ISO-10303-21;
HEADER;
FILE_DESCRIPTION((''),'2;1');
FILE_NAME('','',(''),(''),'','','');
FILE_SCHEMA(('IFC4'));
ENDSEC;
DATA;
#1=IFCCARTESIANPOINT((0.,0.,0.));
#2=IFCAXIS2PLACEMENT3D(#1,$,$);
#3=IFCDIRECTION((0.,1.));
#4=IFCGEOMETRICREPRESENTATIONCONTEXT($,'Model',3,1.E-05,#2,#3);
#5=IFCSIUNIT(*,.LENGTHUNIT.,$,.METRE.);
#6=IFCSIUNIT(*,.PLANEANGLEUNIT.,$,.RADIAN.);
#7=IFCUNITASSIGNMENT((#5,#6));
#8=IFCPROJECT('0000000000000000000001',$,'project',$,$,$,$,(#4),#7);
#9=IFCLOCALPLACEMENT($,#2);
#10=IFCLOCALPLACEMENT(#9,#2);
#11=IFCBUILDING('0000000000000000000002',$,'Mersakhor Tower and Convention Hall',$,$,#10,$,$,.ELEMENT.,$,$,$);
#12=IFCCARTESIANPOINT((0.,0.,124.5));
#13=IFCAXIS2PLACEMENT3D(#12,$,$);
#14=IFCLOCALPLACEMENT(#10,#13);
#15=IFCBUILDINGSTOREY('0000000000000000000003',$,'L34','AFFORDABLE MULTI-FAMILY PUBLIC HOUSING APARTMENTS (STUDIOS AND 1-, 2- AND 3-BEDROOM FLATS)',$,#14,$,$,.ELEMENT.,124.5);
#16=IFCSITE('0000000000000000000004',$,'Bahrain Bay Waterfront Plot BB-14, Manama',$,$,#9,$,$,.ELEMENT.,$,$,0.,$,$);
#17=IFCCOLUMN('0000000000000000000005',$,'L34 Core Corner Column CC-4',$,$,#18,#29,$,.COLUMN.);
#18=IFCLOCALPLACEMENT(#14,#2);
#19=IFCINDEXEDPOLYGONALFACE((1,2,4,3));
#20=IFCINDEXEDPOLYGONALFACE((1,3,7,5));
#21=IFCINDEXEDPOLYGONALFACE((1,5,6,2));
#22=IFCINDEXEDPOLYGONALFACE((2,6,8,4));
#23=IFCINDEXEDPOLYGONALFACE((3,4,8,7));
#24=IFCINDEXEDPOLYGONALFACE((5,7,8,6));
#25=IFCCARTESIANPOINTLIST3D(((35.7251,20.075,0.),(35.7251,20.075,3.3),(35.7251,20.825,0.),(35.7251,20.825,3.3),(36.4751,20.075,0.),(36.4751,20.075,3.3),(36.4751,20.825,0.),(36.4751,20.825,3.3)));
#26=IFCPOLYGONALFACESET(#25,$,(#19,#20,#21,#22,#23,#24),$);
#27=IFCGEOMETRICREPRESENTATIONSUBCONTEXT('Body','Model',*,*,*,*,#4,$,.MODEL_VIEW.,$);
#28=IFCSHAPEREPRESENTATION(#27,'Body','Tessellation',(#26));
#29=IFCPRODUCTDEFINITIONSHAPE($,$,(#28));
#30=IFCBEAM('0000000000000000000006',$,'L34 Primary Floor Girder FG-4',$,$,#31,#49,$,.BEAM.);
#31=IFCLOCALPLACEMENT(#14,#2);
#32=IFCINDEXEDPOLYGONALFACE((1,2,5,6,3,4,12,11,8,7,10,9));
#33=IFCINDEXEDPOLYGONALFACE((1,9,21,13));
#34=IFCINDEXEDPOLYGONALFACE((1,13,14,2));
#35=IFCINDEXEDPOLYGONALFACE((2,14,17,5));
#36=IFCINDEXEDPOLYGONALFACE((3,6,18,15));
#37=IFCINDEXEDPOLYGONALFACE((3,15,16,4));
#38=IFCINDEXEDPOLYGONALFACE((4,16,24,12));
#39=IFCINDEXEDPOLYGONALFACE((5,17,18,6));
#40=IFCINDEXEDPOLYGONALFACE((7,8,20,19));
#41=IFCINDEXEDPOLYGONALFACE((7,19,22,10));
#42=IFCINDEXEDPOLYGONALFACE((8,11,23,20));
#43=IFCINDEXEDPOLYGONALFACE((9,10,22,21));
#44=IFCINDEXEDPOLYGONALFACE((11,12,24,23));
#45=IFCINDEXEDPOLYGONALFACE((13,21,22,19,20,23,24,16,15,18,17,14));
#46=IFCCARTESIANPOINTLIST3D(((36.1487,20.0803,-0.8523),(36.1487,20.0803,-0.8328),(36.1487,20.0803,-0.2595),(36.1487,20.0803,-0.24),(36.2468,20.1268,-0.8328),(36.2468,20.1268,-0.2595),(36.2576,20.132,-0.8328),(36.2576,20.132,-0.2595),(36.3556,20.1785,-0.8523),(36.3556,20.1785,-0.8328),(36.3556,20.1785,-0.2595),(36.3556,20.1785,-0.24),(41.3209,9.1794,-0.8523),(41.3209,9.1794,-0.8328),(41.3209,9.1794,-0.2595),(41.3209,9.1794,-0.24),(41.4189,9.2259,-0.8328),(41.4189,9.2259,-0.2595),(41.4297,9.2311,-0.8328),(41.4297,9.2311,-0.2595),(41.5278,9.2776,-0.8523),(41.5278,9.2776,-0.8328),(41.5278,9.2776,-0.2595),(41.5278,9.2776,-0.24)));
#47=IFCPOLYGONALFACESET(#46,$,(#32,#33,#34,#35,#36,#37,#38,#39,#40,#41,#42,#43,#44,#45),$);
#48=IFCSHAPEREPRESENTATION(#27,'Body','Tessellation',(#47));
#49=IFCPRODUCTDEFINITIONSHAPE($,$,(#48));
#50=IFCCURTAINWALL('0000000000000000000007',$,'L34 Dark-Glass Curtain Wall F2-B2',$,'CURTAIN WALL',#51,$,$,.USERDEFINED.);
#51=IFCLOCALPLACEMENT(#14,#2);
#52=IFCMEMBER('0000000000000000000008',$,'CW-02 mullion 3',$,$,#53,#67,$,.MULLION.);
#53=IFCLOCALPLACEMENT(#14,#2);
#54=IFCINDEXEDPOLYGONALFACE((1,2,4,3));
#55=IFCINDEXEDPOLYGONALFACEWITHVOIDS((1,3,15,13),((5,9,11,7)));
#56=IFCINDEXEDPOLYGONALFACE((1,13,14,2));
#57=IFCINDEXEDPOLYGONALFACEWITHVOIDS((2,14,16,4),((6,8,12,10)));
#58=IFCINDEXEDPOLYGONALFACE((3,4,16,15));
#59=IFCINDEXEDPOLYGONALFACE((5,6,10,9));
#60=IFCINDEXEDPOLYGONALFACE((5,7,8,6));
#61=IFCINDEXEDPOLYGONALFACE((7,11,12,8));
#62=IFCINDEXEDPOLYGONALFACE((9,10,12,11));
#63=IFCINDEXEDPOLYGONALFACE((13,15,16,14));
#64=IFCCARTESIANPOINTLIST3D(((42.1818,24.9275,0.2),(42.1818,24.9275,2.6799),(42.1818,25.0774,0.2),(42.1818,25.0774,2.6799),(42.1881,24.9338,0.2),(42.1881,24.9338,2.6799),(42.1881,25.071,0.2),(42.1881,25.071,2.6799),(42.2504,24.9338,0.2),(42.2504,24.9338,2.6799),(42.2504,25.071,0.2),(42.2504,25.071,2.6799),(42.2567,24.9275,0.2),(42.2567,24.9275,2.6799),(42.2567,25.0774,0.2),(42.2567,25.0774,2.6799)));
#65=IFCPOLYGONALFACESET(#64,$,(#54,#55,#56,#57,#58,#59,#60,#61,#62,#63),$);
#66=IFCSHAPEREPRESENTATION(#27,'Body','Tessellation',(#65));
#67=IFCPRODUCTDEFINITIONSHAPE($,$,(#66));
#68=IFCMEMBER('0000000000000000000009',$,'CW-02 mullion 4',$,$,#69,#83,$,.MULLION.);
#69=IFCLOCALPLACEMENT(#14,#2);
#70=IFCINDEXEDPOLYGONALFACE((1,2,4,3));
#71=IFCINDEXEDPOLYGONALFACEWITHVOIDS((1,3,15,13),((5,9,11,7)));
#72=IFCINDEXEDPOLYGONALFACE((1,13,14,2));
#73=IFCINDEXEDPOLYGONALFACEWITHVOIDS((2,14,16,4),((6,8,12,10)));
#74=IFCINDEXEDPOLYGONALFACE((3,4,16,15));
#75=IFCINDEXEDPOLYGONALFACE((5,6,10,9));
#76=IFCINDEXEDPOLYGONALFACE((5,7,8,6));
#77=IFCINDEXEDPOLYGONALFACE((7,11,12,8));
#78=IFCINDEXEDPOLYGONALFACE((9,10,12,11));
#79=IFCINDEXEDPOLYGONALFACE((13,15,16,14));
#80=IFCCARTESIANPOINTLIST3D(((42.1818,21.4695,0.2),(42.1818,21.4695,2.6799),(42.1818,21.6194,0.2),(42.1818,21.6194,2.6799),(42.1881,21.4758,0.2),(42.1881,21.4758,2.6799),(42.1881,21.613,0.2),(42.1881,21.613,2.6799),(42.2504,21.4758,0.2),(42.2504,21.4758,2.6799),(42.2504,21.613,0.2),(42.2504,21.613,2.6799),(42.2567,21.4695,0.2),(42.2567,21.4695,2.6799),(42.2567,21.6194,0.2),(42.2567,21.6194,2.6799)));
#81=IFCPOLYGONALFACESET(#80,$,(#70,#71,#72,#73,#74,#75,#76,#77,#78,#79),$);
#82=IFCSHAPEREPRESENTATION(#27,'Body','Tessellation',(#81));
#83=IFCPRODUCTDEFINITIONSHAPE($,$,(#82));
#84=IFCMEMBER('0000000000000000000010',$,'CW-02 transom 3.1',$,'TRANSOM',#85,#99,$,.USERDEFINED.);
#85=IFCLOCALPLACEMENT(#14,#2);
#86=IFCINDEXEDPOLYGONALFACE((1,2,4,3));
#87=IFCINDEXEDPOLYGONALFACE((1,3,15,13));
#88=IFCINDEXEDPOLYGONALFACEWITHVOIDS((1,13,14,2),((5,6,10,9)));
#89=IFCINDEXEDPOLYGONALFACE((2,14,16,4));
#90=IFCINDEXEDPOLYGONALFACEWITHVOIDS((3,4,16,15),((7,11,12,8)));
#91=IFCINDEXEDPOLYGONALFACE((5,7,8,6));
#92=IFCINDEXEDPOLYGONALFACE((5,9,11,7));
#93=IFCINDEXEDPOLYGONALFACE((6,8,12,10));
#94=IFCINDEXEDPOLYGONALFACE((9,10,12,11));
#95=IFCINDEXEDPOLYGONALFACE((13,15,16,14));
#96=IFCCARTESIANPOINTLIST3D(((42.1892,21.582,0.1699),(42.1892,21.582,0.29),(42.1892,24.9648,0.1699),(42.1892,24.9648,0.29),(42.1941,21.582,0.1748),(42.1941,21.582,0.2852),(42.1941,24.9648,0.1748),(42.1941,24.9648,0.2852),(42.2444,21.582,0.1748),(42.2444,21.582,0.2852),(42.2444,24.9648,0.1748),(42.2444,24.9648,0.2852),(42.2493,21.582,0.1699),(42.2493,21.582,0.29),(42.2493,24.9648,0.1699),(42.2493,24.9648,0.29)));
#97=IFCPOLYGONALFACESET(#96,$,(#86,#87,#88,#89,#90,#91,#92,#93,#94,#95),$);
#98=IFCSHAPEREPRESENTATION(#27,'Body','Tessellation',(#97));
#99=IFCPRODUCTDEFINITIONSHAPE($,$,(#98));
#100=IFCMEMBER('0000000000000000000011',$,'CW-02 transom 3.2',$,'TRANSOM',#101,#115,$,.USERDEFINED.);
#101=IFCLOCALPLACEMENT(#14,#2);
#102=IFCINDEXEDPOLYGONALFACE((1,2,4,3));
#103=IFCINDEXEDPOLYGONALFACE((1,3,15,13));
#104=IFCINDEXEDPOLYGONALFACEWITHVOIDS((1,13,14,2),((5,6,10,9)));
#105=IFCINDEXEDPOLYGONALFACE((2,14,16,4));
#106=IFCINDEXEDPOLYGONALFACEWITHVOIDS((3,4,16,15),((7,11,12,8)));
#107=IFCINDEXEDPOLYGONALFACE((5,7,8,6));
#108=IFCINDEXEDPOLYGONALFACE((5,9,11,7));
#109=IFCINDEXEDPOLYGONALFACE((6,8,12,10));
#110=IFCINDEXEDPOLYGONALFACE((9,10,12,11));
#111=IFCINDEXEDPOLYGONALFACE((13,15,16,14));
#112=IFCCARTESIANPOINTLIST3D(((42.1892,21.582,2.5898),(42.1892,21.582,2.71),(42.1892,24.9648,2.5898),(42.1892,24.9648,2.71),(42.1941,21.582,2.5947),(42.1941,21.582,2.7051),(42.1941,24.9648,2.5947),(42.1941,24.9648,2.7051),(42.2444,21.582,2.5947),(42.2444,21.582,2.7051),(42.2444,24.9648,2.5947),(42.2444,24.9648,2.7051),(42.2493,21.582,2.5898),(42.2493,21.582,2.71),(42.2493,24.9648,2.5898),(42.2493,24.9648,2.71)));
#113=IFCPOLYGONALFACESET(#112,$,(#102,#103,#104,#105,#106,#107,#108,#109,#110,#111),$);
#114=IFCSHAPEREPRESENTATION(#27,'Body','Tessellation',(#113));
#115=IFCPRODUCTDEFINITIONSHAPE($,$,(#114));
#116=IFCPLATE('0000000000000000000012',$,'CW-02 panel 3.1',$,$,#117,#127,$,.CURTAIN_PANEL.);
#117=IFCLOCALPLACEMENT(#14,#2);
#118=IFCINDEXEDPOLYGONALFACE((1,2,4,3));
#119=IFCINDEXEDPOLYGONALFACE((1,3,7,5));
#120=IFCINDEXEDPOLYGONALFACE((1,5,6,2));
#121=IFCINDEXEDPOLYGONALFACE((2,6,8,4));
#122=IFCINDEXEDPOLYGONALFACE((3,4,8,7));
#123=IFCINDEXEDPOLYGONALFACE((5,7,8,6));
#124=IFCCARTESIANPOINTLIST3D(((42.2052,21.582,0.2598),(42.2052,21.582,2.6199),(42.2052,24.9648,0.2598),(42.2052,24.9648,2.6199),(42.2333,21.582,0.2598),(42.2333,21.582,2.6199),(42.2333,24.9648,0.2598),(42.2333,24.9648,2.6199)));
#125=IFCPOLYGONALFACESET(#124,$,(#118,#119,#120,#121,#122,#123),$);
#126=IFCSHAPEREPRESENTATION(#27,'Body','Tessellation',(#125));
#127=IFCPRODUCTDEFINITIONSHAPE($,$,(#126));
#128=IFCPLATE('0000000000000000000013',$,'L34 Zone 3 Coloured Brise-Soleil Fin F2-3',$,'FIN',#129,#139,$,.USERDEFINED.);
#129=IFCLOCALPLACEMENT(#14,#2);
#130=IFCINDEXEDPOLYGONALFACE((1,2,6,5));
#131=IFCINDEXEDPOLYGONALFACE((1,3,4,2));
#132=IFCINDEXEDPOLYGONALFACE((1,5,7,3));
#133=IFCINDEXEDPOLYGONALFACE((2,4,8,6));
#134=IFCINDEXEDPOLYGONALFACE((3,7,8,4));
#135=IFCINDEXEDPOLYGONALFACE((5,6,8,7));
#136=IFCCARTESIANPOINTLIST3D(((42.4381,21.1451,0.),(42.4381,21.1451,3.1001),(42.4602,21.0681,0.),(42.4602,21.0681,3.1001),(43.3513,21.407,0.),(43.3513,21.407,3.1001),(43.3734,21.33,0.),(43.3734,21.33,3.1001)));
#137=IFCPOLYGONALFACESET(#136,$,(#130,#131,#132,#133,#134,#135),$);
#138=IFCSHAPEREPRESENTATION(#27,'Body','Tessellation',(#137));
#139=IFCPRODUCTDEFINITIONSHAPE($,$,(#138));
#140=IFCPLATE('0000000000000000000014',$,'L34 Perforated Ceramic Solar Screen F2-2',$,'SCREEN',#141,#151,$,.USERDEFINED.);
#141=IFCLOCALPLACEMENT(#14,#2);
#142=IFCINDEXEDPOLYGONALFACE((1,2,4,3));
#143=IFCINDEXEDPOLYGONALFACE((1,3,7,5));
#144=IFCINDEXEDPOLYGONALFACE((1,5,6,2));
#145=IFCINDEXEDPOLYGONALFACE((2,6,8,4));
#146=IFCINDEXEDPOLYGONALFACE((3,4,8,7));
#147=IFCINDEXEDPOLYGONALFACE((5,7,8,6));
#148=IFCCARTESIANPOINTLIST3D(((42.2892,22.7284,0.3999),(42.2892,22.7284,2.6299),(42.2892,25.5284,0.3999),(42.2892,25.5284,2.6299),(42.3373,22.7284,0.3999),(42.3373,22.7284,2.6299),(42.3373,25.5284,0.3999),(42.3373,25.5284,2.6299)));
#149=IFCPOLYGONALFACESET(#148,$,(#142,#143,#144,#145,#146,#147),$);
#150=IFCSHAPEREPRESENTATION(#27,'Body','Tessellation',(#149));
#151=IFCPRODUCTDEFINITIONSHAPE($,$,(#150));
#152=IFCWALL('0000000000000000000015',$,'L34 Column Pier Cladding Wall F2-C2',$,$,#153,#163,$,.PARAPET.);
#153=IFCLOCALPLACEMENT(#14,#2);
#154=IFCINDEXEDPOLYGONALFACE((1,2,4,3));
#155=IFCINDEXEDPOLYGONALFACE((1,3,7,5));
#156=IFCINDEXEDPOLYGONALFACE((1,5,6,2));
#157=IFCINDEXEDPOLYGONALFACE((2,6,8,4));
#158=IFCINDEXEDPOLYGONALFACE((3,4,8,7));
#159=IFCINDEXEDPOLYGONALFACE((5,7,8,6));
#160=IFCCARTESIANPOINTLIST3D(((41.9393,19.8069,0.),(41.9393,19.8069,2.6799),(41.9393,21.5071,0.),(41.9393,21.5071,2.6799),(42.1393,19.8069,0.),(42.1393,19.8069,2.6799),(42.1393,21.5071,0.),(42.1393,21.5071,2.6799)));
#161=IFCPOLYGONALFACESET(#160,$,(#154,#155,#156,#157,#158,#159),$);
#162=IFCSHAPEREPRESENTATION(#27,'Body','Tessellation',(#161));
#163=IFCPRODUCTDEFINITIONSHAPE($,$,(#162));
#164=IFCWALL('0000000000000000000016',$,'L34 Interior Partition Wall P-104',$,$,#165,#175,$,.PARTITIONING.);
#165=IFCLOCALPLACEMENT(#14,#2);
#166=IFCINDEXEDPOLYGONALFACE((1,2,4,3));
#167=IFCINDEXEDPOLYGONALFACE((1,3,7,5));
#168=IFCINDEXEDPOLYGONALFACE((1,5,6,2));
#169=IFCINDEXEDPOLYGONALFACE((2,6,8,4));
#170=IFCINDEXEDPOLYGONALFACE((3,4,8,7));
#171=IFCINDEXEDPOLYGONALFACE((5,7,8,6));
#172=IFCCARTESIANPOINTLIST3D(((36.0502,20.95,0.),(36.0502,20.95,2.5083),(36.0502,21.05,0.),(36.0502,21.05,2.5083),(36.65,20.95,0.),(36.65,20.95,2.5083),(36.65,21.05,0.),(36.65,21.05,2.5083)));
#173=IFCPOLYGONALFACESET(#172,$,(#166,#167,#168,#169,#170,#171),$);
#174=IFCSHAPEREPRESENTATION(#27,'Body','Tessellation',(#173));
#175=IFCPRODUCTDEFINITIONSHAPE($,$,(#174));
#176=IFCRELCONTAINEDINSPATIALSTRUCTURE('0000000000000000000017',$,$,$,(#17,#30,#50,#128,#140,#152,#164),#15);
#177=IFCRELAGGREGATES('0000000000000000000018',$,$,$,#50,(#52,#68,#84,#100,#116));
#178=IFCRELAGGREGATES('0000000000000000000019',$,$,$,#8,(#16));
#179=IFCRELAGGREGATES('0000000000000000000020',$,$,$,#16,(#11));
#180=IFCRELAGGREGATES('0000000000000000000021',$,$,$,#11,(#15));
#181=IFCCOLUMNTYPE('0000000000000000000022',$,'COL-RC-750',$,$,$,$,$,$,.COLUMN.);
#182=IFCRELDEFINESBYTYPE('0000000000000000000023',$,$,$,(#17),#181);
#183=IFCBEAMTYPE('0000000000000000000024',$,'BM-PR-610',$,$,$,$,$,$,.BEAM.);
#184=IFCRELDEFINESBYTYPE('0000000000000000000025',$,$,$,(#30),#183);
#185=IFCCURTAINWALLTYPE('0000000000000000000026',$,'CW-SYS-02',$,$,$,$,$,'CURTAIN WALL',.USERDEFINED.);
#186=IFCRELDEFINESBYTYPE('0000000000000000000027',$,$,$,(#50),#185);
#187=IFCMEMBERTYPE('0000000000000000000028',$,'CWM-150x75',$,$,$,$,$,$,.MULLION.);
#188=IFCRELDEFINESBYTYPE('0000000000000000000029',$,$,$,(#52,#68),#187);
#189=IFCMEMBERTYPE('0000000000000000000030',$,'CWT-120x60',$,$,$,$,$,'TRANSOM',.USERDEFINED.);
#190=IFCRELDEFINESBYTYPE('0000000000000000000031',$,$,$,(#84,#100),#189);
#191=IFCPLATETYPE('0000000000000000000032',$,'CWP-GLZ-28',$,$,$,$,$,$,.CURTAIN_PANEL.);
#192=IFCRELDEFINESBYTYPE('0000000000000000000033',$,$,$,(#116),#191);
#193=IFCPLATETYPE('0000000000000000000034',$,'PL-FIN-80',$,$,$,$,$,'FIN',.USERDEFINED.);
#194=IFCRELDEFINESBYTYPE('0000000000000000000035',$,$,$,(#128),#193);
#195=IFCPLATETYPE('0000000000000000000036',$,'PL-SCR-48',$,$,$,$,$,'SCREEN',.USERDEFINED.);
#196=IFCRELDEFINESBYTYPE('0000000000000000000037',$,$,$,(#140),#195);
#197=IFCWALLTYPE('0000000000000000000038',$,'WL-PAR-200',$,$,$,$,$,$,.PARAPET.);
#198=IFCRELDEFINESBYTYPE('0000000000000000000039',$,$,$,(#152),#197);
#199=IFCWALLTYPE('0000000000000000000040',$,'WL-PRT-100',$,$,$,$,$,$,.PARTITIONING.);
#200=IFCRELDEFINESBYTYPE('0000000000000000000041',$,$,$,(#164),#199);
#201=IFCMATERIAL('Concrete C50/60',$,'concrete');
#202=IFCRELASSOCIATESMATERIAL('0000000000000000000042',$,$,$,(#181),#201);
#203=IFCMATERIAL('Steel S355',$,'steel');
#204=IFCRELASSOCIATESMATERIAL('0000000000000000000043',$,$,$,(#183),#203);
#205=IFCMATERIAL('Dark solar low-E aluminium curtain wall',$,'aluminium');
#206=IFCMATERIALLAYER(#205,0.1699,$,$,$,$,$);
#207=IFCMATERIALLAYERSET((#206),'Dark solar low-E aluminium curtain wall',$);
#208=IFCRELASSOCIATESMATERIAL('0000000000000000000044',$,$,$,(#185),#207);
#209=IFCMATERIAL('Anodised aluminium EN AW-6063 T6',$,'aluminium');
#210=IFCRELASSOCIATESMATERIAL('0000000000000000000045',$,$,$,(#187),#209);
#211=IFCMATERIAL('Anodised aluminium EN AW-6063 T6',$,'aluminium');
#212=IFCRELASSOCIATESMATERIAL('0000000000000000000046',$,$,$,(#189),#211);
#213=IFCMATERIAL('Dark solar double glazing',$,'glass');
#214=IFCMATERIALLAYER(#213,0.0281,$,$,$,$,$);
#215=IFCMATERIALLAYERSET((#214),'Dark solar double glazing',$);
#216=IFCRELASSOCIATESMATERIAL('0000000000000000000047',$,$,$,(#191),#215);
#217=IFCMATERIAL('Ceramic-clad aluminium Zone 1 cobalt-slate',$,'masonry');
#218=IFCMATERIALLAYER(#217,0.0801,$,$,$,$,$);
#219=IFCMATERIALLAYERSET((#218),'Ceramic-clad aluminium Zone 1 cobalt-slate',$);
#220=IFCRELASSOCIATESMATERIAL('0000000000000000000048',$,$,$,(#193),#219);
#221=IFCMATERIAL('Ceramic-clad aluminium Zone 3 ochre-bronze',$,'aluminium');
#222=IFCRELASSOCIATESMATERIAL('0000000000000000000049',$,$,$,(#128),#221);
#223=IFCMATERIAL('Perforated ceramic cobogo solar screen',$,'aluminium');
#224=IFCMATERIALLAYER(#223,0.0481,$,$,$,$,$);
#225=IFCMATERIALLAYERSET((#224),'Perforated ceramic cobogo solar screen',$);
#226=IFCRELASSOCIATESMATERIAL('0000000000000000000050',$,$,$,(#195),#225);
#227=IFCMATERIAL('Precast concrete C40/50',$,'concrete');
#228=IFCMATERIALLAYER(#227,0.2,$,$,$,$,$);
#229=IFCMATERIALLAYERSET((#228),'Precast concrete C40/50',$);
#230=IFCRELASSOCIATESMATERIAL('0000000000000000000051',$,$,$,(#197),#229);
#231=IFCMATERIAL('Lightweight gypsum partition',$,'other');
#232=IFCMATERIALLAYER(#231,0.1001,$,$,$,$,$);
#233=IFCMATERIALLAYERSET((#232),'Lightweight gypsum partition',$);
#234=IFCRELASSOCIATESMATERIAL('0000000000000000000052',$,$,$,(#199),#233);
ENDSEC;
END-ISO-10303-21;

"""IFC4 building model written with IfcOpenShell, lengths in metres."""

from ifc_helpers import new_model, si_unit, direction, frame, frame_2d, origin, origin_2d, place, context, subcontext, project, spatial, rectangle, hollow_rectangle, i_section, extrude, material, layer, layer_set, material_profile, profile_set, type_object, element, aggregate, save


model = new_model("IFC4")

# Units and contexts
model_context = context("Model", 3, precision=1e-05, world=origin(), true_north=direction((0.0, 1.0)))
body_context = subcontext(model_context, "Body", "Model", "MODEL_VIEW")
ifc_project = project(units=[si_unit("LENGTHUNIT", "METRE"), si_unit("PLANEANGLEUNIT", "RADIAN")], contexts=[model_context])

# Site, building, storey
site_placement = place(None, origin())
site = spatial("IfcSite", under=ifc_project, at=site_placement, Name="Bahrain Bay Waterfront Plot BB-14, Manama", CompositionType="ELEMENT", RefElevation=0.0)
building_placement = place(site_placement, origin())
building = spatial("IfcBuilding", under=site, at=building_placement, Name="Mersakhor Tower and Convention Hall", CompositionType="ELEMENT")
storey_placement = place(building_placement, frame((0.0, 0.0, 124.5)))
storey = spatial("IfcBuildingStorey", under=building, at=storey_placement, Name="L34", Description="AFFORDABLE MULTI-FAMILY PUBLIC HOUSING APARTMENTS (STUDIOS AND 1-, 2- AND 3-BEDROOM FLATS)", CompositionType="ELEMENT", Elevation=124.5)

# Column
ifc_material_1 = material(Name="Concrete C50/60", Category="concrete")
ifc_material_profile_1 = material_profile(ifc_material_1, rectangle(XDim=0.75, YDim=0.75, at=origin_2d()), Name="RC 750x750")
ifc_profile_set_1 = profile_set([ifc_material_profile_1], Name="Concrete C50/60")
column_type = type_object("IfcColumnType", Name="COL-RC-750", PredefinedType="COLUMN", material=ifc_profile_set_1)
column_placement = place(storey_placement, frame((36.1001, 20.45, 0.0), z_axis=(0.0, 0.0, 1.0), x_axis=(1.0, 0.0, 0.0)))
element("IfcColumn", 1, at=column_placement, inside=storey, type_object=column_type, Name="L34 Core Corner Column CC-4", PredefinedType="COLUMN", context=body_context, shape_type="SweptSolid", body=[
    extrude(rectangle(XDim=0.75, YDim=0.75, at=origin_2d()), origin(), (0.0, 0.0, 1.0), 3.3),
])

# Beam
ifc_material_2 = material(Name="Steel S355", Category="steel")
ifc_material_profile_2 = material_profile(ifc_material_2, i_section(OverallWidth=0.229, OverallDepth=0.6123, WebThickness=0.012, FlangeThickness=0.0195, at=origin_2d()), Name="UB 610x229x125")
ifc_profile_set_2 = profile_set([ifc_material_profile_2], Name="Steel S355")
beam_type = type_object("IfcBeamType", Name="BM-PR-610", PredefinedType="BEAM", material=ifc_profile_set_2)
beam_placement = place(storey_placement, frame((36.2522, 20.1294, -0.5461), z_axis=(0.428665, -0.903464, 0.0), x_axis=(0.903464, 0.428665, 0.0)))
element("IfcBeam", 2, at=beam_placement, inside=storey, type_object=beam_type, Name="L34 Primary Floor Girder FG-4", PredefinedType="BEAM", context=body_context, shape_type="SweptSolid", body=[
    extrude(i_section(OverallWidth=0.229, OverallDepth=0.6123, WebThickness=0.012, FlangeThickness=0.0195, at=origin_2d()), origin(), (0.0, 0.0, 1.0), 12.0657),
])

# Curtain wall, members, plate
ifc_material_3 = material(Name="Dark solar low-E aluminium curtain wall", Category="aluminium")
ifc_layer_1 = layer(ifc_material_3, 0.1699)
ifc_layer_set_1 = layer_set([ifc_layer_1], Name="Dark solar low-E aluminium curtain wall")
curtain_wall_type = type_object("IfcCurtainWallType", Name="CW-SYS-02", ElementType="CURTAIN WALL", PredefinedType="USERDEFINED", material=ifc_layer_set_1)
curtain_wall_placement = place(storey_placement, origin())
curtain_wall = element("IfcCurtainWall", 3, at=curtain_wall_placement, inside=storey, type_object=curtain_wall_type, Name="L34 Dark-Glass Curtain Wall F2-B2", ObjectType="CURTAIN WALL", PredefinedType="USERDEFINED")
ifc_material_4 = material(Name="Anodised aluminium EN AW-6063 T6", Category="aluminium")
ifc_material_profile_3 = material_profile(ifc_material_4, hollow_rectangle(XDim=0.075, YDim=0.1499, WallThickness=0.0063, at=origin_2d()), Name="RHS 150x75x6.3")
ifc_profile_set_3 = profile_set([ifc_material_profile_3], Name="Anodised aluminium EN AW-6063 T6")
member_type_1 = type_object("IfcMemberType", Name="CWM-150x75", PredefinedType="MULLION", material=ifc_profile_set_3)
member_1_placement = place(storey_placement, frame((42.2192, 25.0024, 0.2), z_axis=(0.0, 0.0, 1.0), x_axis=(1.0, 0.0, 0.0)))
member_1 = element("IfcMember", 4, at=member_1_placement, type_object=member_type_1, Name="CW-02 mullion 3", PredefinedType="MULLION", context=body_context, shape_type="SweptSolid", body=[
    extrude(hollow_rectangle(XDim=0.075, YDim=0.1499, WallThickness=0.0063, at=origin_2d()), origin(), (0.0, 0.0, 1.0), 2.48),
])
member_2_placement = place(storey_placement, frame((42.2192, 21.5444, 0.2), z_axis=(0.0, 0.0, 1.0), x_axis=(1.0, 0.0, 0.0)))
member_2 = element("IfcMember", 5, at=member_2_placement, type_object=member_type_1, Name="CW-02 mullion 4", PredefinedType="MULLION", context=body_context, shape_type="SweptSolid", body=[
    extrude(hollow_rectangle(XDim=0.075, YDim=0.1499, WallThickness=0.0063, at=origin_2d()), origin(), (0.0, 0.0, 1.0), 2.48),
])
ifc_material_5 = material(Name="Anodised aluminium EN AW-6063 T6", Category="aluminium")
ifc_material_profile_4 = material_profile(ifc_material_5, hollow_rectangle(XDim=0.0601, YDim=0.1201, WallThickness=0.0049, at=origin_2d()), Name="RHS 120x60x5")
ifc_profile_set_4 = profile_set([ifc_material_profile_4], Name="Anodised aluminium EN AW-6063 T6")
member_type_2 = type_object("IfcMemberType", Name="CWT-120x60", ElementType="TRANSOM", PredefinedType="USERDEFINED", material=ifc_profile_set_4)
member_3_placement = place(storey_placement, frame((42.2192, 24.9648, 0.23), z_axis=(0.0, -1.0, 0.0), x_axis=(1.0, 0.0, 0.0)))
member_3 = element("IfcMember", 6, at=member_3_placement, type_object=member_type_2, Name="CW-02 transom 3.1", ObjectType="TRANSOM", PredefinedType="USERDEFINED", context=body_context, shape_type="SweptSolid", body=[
    extrude(hollow_rectangle(XDim=0.0601, YDim=0.1201, WallThickness=0.0049, at=origin_2d()), origin(), (0.0, 0.0, 1.0), 3.3828),
])
member_4_placement = place(storey_placement, frame((42.2192, 24.9648, 2.6499), z_axis=(0.0, -1.0, 0.0), x_axis=(1.0, 0.0, 0.0)))
member_4 = element("IfcMember", 7, at=member_4_placement, type_object=member_type_2, Name="CW-02 transom 3.2", ObjectType="TRANSOM", PredefinedType="USERDEFINED", context=body_context, shape_type="SweptSolid", body=[
    extrude(hollow_rectangle(XDim=0.0601, YDim=0.1201, WallThickness=0.0049, at=origin_2d()), origin(), (0.0, 0.0, 1.0), 3.3828),
])
ifc_material_6 = material(Name="Dark solar double glazing", Category="glass")
ifc_layer_2 = layer(ifc_material_6, 0.0281)
ifc_layer_set_2 = layer_set([ifc_layer_2], Name="Dark solar double glazing")
plate_type_1 = type_object("IfcPlateType", Name="CWP-GLZ-28", PredefinedType="CURTAIN_PANEL", material=ifc_layer_set_2)
plate_1_placement = place(storey_placement, frame((42.2192, 23.2734, 0.2598), z_axis=(0.0, 0.0, 1.0), x_axis=(0.0, -1.0, 0.0)))
plate_1 = element("IfcPlate", 8, at=plate_1_placement, type_object=plate_type_1, Name="CW-02 panel 3.1", PredefinedType="CURTAIN_PANEL", context=body_context, shape_type="SweptSolid", body=[
    extrude(rectangle(XDim=3.3828, YDim=0.0281, at=origin_2d()), origin(), (0.0, 0.0, 1.0), 2.3601),
])
aggregate(curtain_wall, [member_1, member_2, member_3, member_4, plate_1])

# Plates
ifc_material_7 = material(Name="Ceramic-clad aluminium Zone 3 ochre-bronze", Category="aluminium")
ifc_material_8 = material(Name="Ceramic-clad aluminium Zone 1 cobalt-slate", Category="masonry")
ifc_layer_3 = layer(ifc_material_8, 0.0801)
ifc_layer_set_3 = layer_set([ifc_layer_3], Name="Ceramic-clad aluminium Zone 1 cobalt-slate")
plate_type_2 = type_object("IfcPlateType", Name="PL-FIN-80", ElementType="FIN", PredefinedType="USERDEFINED", material=ifc_layer_set_3)
plate_2_placement = place(storey_placement, frame((42.9058, 21.2375, 0.0), z_axis=(0.0, 0.0, 1.0), x_axis=(0.961262, 0.275637, 0.0)))
element("IfcPlate", 9, at=plate_2_placement, inside=storey, type_object=plate_type_2, material=ifc_material_7, Name="L34 Zone 3 Coloured Brise-Soleil Fin F2-3", ObjectType="FIN", PredefinedType="USERDEFINED", context=body_context, shape_type="SweptSolid", body=[
    extrude(rectangle(XDim=0.95, YDim=0.0801, at=origin_2d()), origin(), (0.0, 0.0, 1.0), 3.1001),
])
ifc_material_9 = material(Name="Perforated ceramic cobogo solar screen", Category="aluminium")
ifc_layer_4 = layer(ifc_material_9, 0.0481)
ifc_layer_set_4 = layer_set([ifc_layer_4], Name="Perforated ceramic cobogo solar screen")
plate_type_3 = type_object("IfcPlateType", Name="PL-SCR-48", ElementType="SCREEN", PredefinedType="USERDEFINED", material=ifc_layer_set_4)
plate_3_placement = place(storey_placement, frame((42.3132, 24.1284, 0.3999), z_axis=(0.0, 0.0, 1.0), x_axis=(0.0, -1.0, 0.0)))
element("IfcPlate", 10, at=plate_3_placement, inside=storey, type_object=plate_type_3, Name="L34 Perforated Ceramic Solar Screen F2-2", ObjectType="SCREEN", PredefinedType="USERDEFINED", context=body_context, shape_type="SweptSolid", body=[
    extrude(rectangle(XDim=2.8, YDim=0.0481, at=origin_2d()), origin(), (0.0, 0.0, 1.0), 2.23),
])

# Walls
ifc_material_10 = material(Name="Precast concrete C40/50", Category="concrete")
ifc_layer_5 = layer(ifc_material_10, 0.2)
ifc_layer_set_5 = layer_set([ifc_layer_5], Name="Precast concrete C40/50")
wall_type_1 = type_object("IfcWallType", Name="WL-PAR-200", PredefinedType="PARAPET", material=ifc_layer_set_5)
wall_1_placement = place(storey_placement, frame((42.0393, 21.5071, 0.0), z_axis=(0.0, 0.0, 1.0), x_axis=(0.0, -1.0, 0.0)))
element("IfcWall", 11, at=wall_1_placement, inside=storey, type_object=wall_type_1, Name="L34 Column Pier Cladding Wall F2-C2", PredefinedType="PARAPET", context=body_context, shape_type="SweptSolid", body=[
    extrude(rectangle(XDim=1.7002, YDim=0.2, at=frame_2d((0.8501, 0.0))), origin(), (0.0, 0.0, 1.0), 2.6799),
])
ifc_material_11 = material(Name="Lightweight gypsum partition", Category="other")
ifc_layer_6 = layer(ifc_material_11, 0.1001)
ifc_layer_set_6 = layer_set([ifc_layer_6], Name="Lightweight gypsum partition")
wall_type_2 = type_object("IfcWallType", Name="WL-PRT-100", PredefinedType="PARTITIONING", material=ifc_layer_set_6)
wall_2_placement = place(storey_placement, frame((36.6499, 21.0, 0.0), z_axis=(0.0, 0.0, 1.0), x_axis=(-1.0, 0.0, 0.0)))
element("IfcWall", 12, at=wall_2_placement, inside=storey, type_object=wall_type_2, Name="L34 Interior Partition Wall P-104", PredefinedType="PARTITIONING", context=body_context, shape_type="SweptSolid", body=[
    extrude(rectangle(XDim=0.5999, YDim=0.1001, at=frame_2d((0.2998, 0.0))), origin(), (0.0, 0.0, 1.0), 2.5083),
])

save(model, "model.ifc")
